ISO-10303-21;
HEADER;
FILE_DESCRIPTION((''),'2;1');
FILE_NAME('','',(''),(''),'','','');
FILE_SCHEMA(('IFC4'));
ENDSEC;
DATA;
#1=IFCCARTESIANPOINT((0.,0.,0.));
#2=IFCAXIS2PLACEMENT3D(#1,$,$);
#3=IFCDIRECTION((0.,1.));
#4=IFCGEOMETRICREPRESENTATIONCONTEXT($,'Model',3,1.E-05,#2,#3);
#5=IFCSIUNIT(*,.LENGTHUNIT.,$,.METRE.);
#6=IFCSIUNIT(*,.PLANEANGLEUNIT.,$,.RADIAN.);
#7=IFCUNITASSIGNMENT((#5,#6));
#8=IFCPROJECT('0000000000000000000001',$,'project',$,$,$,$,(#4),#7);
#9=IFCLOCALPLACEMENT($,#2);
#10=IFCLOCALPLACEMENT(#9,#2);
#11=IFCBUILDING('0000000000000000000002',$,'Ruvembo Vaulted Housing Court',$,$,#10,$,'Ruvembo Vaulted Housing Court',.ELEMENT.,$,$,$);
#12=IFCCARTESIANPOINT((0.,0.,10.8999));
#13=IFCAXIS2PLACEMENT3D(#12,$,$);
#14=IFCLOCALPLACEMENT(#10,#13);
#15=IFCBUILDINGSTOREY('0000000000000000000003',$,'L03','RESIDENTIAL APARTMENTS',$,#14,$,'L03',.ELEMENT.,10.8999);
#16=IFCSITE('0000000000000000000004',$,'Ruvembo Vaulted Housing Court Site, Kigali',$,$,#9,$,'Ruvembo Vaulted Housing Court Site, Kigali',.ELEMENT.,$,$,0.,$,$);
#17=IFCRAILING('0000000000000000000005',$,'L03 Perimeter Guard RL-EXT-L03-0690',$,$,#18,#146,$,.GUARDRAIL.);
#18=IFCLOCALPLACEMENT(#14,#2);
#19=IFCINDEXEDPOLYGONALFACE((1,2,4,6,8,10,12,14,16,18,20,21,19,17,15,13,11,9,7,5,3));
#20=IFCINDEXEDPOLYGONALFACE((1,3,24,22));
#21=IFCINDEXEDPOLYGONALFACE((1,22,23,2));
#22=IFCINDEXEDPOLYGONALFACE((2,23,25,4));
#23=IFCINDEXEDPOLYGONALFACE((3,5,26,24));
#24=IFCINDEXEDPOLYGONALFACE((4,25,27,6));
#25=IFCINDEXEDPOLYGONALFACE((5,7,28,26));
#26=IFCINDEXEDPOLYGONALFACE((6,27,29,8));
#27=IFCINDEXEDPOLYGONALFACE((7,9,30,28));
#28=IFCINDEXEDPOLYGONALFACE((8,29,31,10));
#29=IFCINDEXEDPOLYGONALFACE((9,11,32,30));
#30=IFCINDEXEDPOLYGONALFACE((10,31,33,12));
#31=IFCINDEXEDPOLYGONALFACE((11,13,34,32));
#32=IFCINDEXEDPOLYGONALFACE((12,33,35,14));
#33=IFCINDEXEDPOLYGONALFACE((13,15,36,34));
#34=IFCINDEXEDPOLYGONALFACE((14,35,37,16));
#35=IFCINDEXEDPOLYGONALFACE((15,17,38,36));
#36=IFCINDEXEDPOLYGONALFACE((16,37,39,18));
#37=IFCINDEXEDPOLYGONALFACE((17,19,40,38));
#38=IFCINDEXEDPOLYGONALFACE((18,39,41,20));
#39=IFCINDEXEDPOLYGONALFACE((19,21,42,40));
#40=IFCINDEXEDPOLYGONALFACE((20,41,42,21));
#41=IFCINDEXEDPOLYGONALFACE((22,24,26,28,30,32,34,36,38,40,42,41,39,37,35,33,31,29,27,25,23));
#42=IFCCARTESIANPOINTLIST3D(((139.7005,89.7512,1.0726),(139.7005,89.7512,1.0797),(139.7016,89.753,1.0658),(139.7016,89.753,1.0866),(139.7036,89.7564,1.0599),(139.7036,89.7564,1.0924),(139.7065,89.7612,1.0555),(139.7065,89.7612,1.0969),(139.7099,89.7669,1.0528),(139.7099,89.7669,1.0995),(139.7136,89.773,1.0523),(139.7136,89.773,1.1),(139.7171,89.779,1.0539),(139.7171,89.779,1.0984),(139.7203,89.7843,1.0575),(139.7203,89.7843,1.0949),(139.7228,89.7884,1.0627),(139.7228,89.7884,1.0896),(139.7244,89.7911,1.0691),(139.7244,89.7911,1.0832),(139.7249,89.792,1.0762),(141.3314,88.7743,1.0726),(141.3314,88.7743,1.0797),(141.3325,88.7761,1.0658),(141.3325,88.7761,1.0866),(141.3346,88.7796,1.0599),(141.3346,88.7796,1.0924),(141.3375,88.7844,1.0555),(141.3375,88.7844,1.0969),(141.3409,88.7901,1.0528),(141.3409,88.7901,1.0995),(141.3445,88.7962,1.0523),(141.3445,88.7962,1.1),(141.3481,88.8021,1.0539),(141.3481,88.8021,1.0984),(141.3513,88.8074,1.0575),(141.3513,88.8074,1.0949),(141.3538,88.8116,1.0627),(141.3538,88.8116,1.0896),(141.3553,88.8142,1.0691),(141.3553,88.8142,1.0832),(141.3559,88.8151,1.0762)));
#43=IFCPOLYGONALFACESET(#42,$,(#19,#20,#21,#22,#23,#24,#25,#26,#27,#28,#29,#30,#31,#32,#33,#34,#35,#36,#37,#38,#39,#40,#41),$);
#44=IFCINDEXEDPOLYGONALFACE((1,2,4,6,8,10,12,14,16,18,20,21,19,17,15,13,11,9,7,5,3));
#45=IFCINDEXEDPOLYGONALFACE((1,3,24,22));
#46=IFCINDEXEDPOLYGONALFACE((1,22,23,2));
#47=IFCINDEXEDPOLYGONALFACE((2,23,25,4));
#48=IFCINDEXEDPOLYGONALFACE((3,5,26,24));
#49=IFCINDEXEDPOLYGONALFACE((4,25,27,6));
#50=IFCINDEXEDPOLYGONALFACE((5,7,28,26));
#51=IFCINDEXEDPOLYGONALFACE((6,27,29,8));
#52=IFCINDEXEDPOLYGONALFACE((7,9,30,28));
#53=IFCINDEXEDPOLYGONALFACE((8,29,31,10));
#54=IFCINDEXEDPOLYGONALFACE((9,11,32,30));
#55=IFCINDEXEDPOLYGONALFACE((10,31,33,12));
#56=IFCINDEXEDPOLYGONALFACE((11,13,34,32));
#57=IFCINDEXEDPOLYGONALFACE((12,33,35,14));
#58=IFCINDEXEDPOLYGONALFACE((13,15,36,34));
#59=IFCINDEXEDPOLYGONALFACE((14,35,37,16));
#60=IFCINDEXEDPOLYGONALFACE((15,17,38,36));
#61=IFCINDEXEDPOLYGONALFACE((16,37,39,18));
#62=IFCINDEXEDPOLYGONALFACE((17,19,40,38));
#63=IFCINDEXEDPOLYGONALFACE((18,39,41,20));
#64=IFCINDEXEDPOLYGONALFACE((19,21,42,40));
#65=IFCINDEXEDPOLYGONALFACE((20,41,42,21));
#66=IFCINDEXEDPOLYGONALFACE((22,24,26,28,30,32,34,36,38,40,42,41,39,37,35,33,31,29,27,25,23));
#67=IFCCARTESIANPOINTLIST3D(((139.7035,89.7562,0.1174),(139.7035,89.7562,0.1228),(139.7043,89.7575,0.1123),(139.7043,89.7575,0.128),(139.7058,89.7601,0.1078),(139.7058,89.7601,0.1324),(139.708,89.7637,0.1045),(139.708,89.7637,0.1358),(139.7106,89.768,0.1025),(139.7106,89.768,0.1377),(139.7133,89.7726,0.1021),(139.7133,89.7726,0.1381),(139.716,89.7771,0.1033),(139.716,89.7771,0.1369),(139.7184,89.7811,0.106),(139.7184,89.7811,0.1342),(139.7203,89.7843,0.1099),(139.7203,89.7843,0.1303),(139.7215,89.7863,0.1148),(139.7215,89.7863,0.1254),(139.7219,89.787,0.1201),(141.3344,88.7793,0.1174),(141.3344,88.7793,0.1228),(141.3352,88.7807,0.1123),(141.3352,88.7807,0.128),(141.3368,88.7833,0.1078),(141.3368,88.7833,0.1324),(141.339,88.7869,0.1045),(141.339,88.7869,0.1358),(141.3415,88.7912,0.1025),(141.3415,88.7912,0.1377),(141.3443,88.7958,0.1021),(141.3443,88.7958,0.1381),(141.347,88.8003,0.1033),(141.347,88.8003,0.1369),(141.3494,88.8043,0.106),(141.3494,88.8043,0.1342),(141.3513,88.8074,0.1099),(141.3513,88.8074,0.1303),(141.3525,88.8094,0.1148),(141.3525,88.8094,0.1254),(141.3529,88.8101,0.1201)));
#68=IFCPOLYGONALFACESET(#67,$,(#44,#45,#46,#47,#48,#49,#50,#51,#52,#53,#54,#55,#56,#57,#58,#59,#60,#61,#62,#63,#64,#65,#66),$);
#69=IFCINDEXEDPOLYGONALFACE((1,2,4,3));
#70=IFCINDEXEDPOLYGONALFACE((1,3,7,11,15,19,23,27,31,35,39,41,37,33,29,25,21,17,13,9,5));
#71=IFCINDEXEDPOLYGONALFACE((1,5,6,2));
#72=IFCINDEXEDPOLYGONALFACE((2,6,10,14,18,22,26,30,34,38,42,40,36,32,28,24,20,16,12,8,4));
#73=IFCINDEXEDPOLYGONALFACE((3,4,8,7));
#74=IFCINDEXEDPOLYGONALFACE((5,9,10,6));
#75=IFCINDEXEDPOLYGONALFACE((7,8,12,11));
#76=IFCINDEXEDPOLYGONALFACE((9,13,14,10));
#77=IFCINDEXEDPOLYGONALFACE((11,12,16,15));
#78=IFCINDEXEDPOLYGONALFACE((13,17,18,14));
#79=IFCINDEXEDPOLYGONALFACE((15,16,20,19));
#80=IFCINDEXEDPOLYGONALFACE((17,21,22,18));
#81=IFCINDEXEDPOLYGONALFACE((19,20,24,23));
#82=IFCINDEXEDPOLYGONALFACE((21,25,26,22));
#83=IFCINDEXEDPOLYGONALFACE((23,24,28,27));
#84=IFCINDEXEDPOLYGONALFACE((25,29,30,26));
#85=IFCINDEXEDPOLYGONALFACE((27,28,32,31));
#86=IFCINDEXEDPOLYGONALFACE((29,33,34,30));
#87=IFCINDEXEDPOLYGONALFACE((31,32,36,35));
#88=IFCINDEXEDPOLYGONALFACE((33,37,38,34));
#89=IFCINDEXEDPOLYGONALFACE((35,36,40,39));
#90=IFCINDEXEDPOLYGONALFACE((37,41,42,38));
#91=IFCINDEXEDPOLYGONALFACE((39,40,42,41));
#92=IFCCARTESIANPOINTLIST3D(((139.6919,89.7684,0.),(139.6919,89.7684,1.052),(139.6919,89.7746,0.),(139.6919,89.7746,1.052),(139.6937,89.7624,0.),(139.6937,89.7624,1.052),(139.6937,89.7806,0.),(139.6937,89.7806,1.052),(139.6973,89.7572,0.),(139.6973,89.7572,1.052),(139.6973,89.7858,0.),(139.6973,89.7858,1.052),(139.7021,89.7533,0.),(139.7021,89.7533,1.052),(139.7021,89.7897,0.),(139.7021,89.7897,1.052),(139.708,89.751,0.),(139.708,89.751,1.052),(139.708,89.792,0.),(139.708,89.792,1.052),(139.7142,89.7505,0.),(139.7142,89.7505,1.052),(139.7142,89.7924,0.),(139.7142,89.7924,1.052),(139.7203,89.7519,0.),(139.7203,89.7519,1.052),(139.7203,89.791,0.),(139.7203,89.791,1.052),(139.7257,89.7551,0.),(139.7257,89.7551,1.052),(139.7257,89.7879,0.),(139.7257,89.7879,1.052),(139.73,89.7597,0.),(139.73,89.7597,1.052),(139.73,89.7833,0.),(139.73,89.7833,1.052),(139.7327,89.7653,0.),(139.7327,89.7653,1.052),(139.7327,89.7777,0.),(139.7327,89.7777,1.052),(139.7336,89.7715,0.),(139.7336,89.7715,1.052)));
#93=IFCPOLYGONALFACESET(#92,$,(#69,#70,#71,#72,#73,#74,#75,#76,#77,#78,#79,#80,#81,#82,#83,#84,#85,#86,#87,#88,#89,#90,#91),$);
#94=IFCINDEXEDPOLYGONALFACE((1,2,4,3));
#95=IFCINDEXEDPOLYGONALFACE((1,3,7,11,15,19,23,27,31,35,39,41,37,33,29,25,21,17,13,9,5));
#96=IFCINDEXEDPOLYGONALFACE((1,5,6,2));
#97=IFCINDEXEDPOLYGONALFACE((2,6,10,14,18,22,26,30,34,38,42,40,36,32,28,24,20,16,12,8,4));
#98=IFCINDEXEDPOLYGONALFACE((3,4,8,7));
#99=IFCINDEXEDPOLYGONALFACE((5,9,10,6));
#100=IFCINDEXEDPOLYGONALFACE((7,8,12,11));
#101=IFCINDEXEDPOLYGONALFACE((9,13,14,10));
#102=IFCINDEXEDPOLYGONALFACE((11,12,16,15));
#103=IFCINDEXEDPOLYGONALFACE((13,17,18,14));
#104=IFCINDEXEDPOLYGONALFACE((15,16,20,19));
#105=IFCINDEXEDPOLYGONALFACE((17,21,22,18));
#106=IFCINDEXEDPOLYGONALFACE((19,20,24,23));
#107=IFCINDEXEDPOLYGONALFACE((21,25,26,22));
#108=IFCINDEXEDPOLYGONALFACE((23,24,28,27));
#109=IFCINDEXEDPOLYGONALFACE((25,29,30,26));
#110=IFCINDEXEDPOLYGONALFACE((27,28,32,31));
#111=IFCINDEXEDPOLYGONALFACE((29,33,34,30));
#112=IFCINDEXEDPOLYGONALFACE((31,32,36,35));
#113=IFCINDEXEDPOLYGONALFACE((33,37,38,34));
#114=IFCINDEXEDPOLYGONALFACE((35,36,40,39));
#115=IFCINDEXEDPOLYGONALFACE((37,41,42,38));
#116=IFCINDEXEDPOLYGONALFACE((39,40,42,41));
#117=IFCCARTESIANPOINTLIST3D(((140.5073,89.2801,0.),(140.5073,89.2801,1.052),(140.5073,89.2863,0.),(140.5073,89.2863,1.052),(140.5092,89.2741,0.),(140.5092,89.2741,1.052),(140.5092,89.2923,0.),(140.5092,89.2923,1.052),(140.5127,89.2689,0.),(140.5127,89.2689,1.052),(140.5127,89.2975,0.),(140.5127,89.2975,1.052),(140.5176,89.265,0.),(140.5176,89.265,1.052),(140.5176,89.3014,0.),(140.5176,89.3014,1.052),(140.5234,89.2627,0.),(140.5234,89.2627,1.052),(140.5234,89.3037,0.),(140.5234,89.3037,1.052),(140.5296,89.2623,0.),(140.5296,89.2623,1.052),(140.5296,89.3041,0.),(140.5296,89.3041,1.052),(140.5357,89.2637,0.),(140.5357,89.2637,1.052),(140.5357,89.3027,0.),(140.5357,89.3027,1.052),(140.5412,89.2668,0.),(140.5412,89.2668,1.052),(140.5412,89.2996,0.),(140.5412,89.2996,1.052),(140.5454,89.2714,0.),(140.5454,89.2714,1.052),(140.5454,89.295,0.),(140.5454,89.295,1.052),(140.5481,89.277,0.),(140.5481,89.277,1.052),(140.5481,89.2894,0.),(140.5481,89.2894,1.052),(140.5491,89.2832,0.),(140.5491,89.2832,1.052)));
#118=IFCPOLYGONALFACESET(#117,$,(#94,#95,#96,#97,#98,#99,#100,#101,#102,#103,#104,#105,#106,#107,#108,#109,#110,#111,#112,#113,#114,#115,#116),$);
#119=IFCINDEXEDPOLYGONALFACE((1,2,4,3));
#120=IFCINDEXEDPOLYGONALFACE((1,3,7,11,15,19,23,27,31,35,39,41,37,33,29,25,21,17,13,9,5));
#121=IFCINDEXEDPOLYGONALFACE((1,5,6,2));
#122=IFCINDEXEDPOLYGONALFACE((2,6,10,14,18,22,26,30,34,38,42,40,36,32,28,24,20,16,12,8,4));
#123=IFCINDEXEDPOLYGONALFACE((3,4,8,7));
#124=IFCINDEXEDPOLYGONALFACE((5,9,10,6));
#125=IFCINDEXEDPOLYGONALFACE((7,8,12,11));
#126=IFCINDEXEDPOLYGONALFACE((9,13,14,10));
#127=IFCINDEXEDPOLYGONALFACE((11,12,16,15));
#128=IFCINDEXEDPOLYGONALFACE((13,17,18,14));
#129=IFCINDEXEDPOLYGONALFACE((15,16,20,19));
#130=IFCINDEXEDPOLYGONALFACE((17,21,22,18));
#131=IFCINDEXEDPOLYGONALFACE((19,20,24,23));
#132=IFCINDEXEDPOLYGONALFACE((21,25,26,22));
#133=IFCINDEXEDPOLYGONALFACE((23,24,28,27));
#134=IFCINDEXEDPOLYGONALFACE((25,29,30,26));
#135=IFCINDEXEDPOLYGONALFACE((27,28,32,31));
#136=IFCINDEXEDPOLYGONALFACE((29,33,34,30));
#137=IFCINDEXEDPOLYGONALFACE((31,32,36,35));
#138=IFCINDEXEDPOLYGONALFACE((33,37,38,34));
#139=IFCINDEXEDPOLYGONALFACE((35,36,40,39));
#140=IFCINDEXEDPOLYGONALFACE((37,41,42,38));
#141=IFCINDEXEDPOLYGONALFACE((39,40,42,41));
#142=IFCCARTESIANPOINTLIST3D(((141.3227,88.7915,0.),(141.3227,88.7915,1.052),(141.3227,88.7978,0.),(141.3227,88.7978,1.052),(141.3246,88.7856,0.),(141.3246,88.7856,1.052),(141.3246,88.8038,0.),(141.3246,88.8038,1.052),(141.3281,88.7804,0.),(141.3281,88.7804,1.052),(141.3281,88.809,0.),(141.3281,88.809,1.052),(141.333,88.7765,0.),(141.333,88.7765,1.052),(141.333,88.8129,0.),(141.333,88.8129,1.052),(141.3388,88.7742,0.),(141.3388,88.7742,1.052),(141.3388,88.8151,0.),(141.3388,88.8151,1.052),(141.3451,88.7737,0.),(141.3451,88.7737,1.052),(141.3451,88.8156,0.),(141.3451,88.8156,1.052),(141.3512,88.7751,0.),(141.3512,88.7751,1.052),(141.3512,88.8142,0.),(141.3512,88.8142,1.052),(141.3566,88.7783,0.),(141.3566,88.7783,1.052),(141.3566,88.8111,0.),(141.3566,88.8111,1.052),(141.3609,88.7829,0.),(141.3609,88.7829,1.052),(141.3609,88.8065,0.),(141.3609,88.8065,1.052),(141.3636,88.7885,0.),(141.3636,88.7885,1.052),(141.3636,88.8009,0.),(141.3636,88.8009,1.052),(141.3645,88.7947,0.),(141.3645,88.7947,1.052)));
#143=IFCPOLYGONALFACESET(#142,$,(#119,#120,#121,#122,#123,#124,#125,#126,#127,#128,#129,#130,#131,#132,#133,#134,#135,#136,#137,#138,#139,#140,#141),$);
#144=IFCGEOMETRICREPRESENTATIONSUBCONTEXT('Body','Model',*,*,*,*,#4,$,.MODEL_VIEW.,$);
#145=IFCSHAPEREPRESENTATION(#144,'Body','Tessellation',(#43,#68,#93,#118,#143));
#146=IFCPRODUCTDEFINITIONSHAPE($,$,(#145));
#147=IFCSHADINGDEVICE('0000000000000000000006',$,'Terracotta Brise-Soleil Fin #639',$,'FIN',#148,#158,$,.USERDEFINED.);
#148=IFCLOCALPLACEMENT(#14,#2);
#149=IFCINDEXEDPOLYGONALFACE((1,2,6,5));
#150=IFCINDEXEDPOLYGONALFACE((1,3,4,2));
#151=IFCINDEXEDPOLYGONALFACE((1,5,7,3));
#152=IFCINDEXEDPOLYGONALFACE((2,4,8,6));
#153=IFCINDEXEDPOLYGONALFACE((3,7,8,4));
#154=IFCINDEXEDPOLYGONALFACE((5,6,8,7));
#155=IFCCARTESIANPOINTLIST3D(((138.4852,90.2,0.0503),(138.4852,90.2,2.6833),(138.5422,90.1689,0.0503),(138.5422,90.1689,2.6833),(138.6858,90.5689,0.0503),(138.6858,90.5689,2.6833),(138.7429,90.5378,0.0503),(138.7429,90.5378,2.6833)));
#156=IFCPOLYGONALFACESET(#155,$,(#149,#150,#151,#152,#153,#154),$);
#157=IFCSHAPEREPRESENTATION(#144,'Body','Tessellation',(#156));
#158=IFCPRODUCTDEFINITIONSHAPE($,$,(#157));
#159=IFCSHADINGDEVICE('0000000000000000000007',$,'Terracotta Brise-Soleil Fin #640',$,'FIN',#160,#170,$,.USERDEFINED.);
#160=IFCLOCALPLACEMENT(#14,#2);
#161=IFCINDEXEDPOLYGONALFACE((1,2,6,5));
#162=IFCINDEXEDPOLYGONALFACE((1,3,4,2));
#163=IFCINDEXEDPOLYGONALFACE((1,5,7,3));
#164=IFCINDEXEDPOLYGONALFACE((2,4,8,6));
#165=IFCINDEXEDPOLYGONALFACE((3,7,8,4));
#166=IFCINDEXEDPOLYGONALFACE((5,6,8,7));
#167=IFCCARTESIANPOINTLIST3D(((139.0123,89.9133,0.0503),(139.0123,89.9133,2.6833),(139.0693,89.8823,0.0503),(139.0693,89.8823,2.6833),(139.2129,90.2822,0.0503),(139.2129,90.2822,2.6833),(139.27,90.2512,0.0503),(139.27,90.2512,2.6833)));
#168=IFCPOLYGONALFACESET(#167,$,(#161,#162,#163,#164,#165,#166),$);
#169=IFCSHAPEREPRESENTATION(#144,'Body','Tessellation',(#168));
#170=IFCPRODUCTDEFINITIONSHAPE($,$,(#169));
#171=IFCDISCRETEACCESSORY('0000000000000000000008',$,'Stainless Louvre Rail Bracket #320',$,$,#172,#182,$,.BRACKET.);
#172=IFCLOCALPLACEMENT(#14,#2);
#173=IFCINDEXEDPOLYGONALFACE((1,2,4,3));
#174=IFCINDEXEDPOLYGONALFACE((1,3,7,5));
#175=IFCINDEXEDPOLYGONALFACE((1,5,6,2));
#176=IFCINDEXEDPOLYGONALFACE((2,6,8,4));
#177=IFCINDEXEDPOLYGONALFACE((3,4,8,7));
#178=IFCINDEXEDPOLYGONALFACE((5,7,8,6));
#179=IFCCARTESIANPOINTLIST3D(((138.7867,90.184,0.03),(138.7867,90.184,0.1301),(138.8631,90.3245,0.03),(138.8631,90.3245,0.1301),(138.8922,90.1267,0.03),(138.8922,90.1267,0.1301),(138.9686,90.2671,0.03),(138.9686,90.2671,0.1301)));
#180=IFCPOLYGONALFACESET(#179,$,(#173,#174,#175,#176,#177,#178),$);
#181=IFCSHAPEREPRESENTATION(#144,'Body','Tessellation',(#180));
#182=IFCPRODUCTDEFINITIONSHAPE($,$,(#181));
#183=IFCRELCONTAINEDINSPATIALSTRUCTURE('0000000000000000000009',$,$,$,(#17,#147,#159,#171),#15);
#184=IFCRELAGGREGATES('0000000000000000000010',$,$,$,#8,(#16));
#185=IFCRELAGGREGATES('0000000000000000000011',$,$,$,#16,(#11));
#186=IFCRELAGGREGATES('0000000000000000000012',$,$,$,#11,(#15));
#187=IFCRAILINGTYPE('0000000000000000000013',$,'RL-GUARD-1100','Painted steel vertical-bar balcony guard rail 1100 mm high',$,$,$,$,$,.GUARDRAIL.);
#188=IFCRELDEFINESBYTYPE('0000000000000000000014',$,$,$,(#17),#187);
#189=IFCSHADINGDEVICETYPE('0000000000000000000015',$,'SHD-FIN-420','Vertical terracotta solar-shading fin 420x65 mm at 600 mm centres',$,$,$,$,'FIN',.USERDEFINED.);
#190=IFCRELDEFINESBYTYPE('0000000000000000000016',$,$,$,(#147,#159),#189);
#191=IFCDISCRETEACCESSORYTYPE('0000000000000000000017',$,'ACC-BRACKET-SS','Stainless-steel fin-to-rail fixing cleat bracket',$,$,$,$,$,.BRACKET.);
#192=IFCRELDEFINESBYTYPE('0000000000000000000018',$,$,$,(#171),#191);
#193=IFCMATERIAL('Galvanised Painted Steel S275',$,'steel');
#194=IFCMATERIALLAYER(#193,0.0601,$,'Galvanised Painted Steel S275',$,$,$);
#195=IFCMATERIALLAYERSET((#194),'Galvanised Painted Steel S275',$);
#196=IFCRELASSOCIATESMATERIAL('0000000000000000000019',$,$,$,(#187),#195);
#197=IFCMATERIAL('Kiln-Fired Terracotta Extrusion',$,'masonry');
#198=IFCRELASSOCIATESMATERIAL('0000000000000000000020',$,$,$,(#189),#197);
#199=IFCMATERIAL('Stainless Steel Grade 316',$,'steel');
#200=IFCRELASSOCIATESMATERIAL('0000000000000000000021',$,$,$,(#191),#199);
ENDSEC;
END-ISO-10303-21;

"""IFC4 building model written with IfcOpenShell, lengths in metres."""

from ifc_helpers import new_model, si_unit, direction, frame, origin, origin_2d, place, context, subcontext, project, spatial, rectangle, circle, extrude, material, layer, layer_set, type_object, element, save


model = new_model("IFC4")

# Units and contexts
model_context = context("Model", 3, precision=1e-05, world=origin(), true_north=direction((0.0, 1.0)))
body_context = subcontext(model_context, "Body", "Model", "MODEL_VIEW")
ifc_project = project(units=[si_unit("LENGTHUNIT", "METRE"), si_unit("PLANEANGLEUNIT", "RADIAN")], contexts=[model_context])

# Site, building, storey
site_placement = place(None, origin())
site = spatial("IfcSite", under=ifc_project, at=site_placement, Name="Ruvembo Vaulted Housing Court Site, Kigali", LongName="Ruvembo Vaulted Housing Court Site, Kigali", CompositionType="ELEMENT", RefElevation=0.0)
building_placement = place(site_placement, origin())
building = spatial("IfcBuilding", under=site, at=building_placement, Name="Ruvembo Vaulted Housing Court", LongName="Ruvembo Vaulted Housing Court", CompositionType="ELEMENT")
storey_placement = place(building_placement, frame((0.0, 0.0, 10.8999)))
storey = spatial("IfcBuildingStorey", under=building, at=storey_placement, Name="L03", Description="RESIDENTIAL APARTMENTS", LongName="L03", CompositionType="ELEMENT", Elevation=10.8999)

# Railing
ifc_material_1 = material(Name="Galvanised Painted Steel S275", Category="steel")
ifc_layer_1 = layer(ifc_material_1, 0.0601, Name="Galvanised Painted Steel S275")
ifc_layer_set_1 = layer_set([ifc_layer_1], Name="Galvanised Painted Steel S275")
railing_type = type_object("IfcRailingType", Name="RL-GUARD-1100", Description="Painted steel vertical-bar balcony guard rail 1100 mm high", PredefinedType="GUARDRAIL", material=ifc_layer_set_1)
railing_1_placement = place(storey_placement, frame((139.7126, 89.7715, 0.0)))
element("IfcRailing", 1, at=railing_1_placement, inside=storey, type_object=railing_type, Name="L03 Perimeter Guard RL-EXT-L03-0690", PredefinedType="GUARDRAIL", context=body_context, shape_type="SweptSolid", body=[
    extrude(circle(Radius=0.0239, at=origin_2d()), frame((0.0, 0.0, 1.0762), z_axis=(0.857889, -0.513835, 0.0), x_axis=(0.513835, 0.857889, 0.0)), (0.0, 0.0, 1.0), 1.9011),
    extrude(circle(Radius=0.0181, at=origin_2d()), frame((0.0, 0.0, 0.1201), z_axis=(0.857889, -0.513835, 0.0), x_axis=(0.513835, 0.857889, 0.0)), (0.0, 0.0, 1.0), 1.9011),
    extrude(circle(Radius=0.021, at=origin_2d()), origin(), (0.0, 0.0, 1.0), 1.052),
    extrude(circle(Radius=0.021, at=origin_2d()), frame((0.8154, -0.4883, 0.0)), (0.0, 0.0, 1.0), 1.052),
    extrude(circle(Radius=0.021, at=origin_2d()), frame((1.6309, -0.9768, 0.0)), (0.0, 0.0, 1.0), 1.052),
])

# Shading devices
ifc_material_2 = material(Name="Kiln-Fired Terracotta Extrusion", Category="masonry")
shading_device_type = type_object("IfcShadingDeviceType", Name="SHD-FIN-420", Description="Vertical terracotta solar-shading fin 420x65 mm at 600 mm centres", ElementType="FIN", PredefinedType="USERDEFINED", material=ifc_material_2)
for number, where, z_axis, x_axis, name in (
    (2, (138.614, 90.3689, 0.0503), (0.0, 0.0, 1.0), (-0.477788, -0.878475, 0.0), "Terracotta Brise-Soleil Fin #639"),
    (3, (139.1411, 90.0823, 0.0503), (0.0, 0.0, 1.0), (-0.477788, -0.878475, 0.0), "Terracotta Brise-Soleil Fin #640"),
):
    element("IfcShadingDevice", number, at=place(storey_placement, frame(where, z_axis=z_axis, x_axis=x_axis)), inside=storey, type_object=shading_device_type, Name=name, ObjectType="FIN", PredefinedType="USERDEFINED", context=body_context, shape_type="SweptSolid", body=[
        extrude(rectangle(XDim=0.4199, YDim=0.0649, at=origin_2d()), origin(), (0.0, 0.0, 1.0), 2.6331),
    ])

# Discrete accessory
ifc_material_3 = material(Name="Stainless Steel Grade 316", Category="steel")
discrete_accessory_type = type_object("IfcDiscreteAccessoryType", Name="ACC-BRACKET-SS", Description="Stainless-steel fin-to-rail fixing cleat bracket", PredefinedType="BRACKET", material=ifc_material_3)
discrete_accessory_placement = place(storey_placement, frame((138.8777, 90.2256, 0.03), z_axis=(0.0, 0.0, 1.0), x_axis=(-0.477788, -0.878475, 0.0)))
element("IfcDiscreteAccessory", 4, at=discrete_accessory_placement, inside=storey, type_object=discrete_accessory_type, Name="Stainless Louvre Rail Bracket #320", PredefinedType="BRACKET", context=body_context, shape_type="SweptSolid", body=[
    extrude(rectangle(XDim=0.1599, YDim=0.1201, at=origin_2d()), origin(), (0.0, 0.0, 1.0), 0.1001),
])

save(model, "model.ifc")
